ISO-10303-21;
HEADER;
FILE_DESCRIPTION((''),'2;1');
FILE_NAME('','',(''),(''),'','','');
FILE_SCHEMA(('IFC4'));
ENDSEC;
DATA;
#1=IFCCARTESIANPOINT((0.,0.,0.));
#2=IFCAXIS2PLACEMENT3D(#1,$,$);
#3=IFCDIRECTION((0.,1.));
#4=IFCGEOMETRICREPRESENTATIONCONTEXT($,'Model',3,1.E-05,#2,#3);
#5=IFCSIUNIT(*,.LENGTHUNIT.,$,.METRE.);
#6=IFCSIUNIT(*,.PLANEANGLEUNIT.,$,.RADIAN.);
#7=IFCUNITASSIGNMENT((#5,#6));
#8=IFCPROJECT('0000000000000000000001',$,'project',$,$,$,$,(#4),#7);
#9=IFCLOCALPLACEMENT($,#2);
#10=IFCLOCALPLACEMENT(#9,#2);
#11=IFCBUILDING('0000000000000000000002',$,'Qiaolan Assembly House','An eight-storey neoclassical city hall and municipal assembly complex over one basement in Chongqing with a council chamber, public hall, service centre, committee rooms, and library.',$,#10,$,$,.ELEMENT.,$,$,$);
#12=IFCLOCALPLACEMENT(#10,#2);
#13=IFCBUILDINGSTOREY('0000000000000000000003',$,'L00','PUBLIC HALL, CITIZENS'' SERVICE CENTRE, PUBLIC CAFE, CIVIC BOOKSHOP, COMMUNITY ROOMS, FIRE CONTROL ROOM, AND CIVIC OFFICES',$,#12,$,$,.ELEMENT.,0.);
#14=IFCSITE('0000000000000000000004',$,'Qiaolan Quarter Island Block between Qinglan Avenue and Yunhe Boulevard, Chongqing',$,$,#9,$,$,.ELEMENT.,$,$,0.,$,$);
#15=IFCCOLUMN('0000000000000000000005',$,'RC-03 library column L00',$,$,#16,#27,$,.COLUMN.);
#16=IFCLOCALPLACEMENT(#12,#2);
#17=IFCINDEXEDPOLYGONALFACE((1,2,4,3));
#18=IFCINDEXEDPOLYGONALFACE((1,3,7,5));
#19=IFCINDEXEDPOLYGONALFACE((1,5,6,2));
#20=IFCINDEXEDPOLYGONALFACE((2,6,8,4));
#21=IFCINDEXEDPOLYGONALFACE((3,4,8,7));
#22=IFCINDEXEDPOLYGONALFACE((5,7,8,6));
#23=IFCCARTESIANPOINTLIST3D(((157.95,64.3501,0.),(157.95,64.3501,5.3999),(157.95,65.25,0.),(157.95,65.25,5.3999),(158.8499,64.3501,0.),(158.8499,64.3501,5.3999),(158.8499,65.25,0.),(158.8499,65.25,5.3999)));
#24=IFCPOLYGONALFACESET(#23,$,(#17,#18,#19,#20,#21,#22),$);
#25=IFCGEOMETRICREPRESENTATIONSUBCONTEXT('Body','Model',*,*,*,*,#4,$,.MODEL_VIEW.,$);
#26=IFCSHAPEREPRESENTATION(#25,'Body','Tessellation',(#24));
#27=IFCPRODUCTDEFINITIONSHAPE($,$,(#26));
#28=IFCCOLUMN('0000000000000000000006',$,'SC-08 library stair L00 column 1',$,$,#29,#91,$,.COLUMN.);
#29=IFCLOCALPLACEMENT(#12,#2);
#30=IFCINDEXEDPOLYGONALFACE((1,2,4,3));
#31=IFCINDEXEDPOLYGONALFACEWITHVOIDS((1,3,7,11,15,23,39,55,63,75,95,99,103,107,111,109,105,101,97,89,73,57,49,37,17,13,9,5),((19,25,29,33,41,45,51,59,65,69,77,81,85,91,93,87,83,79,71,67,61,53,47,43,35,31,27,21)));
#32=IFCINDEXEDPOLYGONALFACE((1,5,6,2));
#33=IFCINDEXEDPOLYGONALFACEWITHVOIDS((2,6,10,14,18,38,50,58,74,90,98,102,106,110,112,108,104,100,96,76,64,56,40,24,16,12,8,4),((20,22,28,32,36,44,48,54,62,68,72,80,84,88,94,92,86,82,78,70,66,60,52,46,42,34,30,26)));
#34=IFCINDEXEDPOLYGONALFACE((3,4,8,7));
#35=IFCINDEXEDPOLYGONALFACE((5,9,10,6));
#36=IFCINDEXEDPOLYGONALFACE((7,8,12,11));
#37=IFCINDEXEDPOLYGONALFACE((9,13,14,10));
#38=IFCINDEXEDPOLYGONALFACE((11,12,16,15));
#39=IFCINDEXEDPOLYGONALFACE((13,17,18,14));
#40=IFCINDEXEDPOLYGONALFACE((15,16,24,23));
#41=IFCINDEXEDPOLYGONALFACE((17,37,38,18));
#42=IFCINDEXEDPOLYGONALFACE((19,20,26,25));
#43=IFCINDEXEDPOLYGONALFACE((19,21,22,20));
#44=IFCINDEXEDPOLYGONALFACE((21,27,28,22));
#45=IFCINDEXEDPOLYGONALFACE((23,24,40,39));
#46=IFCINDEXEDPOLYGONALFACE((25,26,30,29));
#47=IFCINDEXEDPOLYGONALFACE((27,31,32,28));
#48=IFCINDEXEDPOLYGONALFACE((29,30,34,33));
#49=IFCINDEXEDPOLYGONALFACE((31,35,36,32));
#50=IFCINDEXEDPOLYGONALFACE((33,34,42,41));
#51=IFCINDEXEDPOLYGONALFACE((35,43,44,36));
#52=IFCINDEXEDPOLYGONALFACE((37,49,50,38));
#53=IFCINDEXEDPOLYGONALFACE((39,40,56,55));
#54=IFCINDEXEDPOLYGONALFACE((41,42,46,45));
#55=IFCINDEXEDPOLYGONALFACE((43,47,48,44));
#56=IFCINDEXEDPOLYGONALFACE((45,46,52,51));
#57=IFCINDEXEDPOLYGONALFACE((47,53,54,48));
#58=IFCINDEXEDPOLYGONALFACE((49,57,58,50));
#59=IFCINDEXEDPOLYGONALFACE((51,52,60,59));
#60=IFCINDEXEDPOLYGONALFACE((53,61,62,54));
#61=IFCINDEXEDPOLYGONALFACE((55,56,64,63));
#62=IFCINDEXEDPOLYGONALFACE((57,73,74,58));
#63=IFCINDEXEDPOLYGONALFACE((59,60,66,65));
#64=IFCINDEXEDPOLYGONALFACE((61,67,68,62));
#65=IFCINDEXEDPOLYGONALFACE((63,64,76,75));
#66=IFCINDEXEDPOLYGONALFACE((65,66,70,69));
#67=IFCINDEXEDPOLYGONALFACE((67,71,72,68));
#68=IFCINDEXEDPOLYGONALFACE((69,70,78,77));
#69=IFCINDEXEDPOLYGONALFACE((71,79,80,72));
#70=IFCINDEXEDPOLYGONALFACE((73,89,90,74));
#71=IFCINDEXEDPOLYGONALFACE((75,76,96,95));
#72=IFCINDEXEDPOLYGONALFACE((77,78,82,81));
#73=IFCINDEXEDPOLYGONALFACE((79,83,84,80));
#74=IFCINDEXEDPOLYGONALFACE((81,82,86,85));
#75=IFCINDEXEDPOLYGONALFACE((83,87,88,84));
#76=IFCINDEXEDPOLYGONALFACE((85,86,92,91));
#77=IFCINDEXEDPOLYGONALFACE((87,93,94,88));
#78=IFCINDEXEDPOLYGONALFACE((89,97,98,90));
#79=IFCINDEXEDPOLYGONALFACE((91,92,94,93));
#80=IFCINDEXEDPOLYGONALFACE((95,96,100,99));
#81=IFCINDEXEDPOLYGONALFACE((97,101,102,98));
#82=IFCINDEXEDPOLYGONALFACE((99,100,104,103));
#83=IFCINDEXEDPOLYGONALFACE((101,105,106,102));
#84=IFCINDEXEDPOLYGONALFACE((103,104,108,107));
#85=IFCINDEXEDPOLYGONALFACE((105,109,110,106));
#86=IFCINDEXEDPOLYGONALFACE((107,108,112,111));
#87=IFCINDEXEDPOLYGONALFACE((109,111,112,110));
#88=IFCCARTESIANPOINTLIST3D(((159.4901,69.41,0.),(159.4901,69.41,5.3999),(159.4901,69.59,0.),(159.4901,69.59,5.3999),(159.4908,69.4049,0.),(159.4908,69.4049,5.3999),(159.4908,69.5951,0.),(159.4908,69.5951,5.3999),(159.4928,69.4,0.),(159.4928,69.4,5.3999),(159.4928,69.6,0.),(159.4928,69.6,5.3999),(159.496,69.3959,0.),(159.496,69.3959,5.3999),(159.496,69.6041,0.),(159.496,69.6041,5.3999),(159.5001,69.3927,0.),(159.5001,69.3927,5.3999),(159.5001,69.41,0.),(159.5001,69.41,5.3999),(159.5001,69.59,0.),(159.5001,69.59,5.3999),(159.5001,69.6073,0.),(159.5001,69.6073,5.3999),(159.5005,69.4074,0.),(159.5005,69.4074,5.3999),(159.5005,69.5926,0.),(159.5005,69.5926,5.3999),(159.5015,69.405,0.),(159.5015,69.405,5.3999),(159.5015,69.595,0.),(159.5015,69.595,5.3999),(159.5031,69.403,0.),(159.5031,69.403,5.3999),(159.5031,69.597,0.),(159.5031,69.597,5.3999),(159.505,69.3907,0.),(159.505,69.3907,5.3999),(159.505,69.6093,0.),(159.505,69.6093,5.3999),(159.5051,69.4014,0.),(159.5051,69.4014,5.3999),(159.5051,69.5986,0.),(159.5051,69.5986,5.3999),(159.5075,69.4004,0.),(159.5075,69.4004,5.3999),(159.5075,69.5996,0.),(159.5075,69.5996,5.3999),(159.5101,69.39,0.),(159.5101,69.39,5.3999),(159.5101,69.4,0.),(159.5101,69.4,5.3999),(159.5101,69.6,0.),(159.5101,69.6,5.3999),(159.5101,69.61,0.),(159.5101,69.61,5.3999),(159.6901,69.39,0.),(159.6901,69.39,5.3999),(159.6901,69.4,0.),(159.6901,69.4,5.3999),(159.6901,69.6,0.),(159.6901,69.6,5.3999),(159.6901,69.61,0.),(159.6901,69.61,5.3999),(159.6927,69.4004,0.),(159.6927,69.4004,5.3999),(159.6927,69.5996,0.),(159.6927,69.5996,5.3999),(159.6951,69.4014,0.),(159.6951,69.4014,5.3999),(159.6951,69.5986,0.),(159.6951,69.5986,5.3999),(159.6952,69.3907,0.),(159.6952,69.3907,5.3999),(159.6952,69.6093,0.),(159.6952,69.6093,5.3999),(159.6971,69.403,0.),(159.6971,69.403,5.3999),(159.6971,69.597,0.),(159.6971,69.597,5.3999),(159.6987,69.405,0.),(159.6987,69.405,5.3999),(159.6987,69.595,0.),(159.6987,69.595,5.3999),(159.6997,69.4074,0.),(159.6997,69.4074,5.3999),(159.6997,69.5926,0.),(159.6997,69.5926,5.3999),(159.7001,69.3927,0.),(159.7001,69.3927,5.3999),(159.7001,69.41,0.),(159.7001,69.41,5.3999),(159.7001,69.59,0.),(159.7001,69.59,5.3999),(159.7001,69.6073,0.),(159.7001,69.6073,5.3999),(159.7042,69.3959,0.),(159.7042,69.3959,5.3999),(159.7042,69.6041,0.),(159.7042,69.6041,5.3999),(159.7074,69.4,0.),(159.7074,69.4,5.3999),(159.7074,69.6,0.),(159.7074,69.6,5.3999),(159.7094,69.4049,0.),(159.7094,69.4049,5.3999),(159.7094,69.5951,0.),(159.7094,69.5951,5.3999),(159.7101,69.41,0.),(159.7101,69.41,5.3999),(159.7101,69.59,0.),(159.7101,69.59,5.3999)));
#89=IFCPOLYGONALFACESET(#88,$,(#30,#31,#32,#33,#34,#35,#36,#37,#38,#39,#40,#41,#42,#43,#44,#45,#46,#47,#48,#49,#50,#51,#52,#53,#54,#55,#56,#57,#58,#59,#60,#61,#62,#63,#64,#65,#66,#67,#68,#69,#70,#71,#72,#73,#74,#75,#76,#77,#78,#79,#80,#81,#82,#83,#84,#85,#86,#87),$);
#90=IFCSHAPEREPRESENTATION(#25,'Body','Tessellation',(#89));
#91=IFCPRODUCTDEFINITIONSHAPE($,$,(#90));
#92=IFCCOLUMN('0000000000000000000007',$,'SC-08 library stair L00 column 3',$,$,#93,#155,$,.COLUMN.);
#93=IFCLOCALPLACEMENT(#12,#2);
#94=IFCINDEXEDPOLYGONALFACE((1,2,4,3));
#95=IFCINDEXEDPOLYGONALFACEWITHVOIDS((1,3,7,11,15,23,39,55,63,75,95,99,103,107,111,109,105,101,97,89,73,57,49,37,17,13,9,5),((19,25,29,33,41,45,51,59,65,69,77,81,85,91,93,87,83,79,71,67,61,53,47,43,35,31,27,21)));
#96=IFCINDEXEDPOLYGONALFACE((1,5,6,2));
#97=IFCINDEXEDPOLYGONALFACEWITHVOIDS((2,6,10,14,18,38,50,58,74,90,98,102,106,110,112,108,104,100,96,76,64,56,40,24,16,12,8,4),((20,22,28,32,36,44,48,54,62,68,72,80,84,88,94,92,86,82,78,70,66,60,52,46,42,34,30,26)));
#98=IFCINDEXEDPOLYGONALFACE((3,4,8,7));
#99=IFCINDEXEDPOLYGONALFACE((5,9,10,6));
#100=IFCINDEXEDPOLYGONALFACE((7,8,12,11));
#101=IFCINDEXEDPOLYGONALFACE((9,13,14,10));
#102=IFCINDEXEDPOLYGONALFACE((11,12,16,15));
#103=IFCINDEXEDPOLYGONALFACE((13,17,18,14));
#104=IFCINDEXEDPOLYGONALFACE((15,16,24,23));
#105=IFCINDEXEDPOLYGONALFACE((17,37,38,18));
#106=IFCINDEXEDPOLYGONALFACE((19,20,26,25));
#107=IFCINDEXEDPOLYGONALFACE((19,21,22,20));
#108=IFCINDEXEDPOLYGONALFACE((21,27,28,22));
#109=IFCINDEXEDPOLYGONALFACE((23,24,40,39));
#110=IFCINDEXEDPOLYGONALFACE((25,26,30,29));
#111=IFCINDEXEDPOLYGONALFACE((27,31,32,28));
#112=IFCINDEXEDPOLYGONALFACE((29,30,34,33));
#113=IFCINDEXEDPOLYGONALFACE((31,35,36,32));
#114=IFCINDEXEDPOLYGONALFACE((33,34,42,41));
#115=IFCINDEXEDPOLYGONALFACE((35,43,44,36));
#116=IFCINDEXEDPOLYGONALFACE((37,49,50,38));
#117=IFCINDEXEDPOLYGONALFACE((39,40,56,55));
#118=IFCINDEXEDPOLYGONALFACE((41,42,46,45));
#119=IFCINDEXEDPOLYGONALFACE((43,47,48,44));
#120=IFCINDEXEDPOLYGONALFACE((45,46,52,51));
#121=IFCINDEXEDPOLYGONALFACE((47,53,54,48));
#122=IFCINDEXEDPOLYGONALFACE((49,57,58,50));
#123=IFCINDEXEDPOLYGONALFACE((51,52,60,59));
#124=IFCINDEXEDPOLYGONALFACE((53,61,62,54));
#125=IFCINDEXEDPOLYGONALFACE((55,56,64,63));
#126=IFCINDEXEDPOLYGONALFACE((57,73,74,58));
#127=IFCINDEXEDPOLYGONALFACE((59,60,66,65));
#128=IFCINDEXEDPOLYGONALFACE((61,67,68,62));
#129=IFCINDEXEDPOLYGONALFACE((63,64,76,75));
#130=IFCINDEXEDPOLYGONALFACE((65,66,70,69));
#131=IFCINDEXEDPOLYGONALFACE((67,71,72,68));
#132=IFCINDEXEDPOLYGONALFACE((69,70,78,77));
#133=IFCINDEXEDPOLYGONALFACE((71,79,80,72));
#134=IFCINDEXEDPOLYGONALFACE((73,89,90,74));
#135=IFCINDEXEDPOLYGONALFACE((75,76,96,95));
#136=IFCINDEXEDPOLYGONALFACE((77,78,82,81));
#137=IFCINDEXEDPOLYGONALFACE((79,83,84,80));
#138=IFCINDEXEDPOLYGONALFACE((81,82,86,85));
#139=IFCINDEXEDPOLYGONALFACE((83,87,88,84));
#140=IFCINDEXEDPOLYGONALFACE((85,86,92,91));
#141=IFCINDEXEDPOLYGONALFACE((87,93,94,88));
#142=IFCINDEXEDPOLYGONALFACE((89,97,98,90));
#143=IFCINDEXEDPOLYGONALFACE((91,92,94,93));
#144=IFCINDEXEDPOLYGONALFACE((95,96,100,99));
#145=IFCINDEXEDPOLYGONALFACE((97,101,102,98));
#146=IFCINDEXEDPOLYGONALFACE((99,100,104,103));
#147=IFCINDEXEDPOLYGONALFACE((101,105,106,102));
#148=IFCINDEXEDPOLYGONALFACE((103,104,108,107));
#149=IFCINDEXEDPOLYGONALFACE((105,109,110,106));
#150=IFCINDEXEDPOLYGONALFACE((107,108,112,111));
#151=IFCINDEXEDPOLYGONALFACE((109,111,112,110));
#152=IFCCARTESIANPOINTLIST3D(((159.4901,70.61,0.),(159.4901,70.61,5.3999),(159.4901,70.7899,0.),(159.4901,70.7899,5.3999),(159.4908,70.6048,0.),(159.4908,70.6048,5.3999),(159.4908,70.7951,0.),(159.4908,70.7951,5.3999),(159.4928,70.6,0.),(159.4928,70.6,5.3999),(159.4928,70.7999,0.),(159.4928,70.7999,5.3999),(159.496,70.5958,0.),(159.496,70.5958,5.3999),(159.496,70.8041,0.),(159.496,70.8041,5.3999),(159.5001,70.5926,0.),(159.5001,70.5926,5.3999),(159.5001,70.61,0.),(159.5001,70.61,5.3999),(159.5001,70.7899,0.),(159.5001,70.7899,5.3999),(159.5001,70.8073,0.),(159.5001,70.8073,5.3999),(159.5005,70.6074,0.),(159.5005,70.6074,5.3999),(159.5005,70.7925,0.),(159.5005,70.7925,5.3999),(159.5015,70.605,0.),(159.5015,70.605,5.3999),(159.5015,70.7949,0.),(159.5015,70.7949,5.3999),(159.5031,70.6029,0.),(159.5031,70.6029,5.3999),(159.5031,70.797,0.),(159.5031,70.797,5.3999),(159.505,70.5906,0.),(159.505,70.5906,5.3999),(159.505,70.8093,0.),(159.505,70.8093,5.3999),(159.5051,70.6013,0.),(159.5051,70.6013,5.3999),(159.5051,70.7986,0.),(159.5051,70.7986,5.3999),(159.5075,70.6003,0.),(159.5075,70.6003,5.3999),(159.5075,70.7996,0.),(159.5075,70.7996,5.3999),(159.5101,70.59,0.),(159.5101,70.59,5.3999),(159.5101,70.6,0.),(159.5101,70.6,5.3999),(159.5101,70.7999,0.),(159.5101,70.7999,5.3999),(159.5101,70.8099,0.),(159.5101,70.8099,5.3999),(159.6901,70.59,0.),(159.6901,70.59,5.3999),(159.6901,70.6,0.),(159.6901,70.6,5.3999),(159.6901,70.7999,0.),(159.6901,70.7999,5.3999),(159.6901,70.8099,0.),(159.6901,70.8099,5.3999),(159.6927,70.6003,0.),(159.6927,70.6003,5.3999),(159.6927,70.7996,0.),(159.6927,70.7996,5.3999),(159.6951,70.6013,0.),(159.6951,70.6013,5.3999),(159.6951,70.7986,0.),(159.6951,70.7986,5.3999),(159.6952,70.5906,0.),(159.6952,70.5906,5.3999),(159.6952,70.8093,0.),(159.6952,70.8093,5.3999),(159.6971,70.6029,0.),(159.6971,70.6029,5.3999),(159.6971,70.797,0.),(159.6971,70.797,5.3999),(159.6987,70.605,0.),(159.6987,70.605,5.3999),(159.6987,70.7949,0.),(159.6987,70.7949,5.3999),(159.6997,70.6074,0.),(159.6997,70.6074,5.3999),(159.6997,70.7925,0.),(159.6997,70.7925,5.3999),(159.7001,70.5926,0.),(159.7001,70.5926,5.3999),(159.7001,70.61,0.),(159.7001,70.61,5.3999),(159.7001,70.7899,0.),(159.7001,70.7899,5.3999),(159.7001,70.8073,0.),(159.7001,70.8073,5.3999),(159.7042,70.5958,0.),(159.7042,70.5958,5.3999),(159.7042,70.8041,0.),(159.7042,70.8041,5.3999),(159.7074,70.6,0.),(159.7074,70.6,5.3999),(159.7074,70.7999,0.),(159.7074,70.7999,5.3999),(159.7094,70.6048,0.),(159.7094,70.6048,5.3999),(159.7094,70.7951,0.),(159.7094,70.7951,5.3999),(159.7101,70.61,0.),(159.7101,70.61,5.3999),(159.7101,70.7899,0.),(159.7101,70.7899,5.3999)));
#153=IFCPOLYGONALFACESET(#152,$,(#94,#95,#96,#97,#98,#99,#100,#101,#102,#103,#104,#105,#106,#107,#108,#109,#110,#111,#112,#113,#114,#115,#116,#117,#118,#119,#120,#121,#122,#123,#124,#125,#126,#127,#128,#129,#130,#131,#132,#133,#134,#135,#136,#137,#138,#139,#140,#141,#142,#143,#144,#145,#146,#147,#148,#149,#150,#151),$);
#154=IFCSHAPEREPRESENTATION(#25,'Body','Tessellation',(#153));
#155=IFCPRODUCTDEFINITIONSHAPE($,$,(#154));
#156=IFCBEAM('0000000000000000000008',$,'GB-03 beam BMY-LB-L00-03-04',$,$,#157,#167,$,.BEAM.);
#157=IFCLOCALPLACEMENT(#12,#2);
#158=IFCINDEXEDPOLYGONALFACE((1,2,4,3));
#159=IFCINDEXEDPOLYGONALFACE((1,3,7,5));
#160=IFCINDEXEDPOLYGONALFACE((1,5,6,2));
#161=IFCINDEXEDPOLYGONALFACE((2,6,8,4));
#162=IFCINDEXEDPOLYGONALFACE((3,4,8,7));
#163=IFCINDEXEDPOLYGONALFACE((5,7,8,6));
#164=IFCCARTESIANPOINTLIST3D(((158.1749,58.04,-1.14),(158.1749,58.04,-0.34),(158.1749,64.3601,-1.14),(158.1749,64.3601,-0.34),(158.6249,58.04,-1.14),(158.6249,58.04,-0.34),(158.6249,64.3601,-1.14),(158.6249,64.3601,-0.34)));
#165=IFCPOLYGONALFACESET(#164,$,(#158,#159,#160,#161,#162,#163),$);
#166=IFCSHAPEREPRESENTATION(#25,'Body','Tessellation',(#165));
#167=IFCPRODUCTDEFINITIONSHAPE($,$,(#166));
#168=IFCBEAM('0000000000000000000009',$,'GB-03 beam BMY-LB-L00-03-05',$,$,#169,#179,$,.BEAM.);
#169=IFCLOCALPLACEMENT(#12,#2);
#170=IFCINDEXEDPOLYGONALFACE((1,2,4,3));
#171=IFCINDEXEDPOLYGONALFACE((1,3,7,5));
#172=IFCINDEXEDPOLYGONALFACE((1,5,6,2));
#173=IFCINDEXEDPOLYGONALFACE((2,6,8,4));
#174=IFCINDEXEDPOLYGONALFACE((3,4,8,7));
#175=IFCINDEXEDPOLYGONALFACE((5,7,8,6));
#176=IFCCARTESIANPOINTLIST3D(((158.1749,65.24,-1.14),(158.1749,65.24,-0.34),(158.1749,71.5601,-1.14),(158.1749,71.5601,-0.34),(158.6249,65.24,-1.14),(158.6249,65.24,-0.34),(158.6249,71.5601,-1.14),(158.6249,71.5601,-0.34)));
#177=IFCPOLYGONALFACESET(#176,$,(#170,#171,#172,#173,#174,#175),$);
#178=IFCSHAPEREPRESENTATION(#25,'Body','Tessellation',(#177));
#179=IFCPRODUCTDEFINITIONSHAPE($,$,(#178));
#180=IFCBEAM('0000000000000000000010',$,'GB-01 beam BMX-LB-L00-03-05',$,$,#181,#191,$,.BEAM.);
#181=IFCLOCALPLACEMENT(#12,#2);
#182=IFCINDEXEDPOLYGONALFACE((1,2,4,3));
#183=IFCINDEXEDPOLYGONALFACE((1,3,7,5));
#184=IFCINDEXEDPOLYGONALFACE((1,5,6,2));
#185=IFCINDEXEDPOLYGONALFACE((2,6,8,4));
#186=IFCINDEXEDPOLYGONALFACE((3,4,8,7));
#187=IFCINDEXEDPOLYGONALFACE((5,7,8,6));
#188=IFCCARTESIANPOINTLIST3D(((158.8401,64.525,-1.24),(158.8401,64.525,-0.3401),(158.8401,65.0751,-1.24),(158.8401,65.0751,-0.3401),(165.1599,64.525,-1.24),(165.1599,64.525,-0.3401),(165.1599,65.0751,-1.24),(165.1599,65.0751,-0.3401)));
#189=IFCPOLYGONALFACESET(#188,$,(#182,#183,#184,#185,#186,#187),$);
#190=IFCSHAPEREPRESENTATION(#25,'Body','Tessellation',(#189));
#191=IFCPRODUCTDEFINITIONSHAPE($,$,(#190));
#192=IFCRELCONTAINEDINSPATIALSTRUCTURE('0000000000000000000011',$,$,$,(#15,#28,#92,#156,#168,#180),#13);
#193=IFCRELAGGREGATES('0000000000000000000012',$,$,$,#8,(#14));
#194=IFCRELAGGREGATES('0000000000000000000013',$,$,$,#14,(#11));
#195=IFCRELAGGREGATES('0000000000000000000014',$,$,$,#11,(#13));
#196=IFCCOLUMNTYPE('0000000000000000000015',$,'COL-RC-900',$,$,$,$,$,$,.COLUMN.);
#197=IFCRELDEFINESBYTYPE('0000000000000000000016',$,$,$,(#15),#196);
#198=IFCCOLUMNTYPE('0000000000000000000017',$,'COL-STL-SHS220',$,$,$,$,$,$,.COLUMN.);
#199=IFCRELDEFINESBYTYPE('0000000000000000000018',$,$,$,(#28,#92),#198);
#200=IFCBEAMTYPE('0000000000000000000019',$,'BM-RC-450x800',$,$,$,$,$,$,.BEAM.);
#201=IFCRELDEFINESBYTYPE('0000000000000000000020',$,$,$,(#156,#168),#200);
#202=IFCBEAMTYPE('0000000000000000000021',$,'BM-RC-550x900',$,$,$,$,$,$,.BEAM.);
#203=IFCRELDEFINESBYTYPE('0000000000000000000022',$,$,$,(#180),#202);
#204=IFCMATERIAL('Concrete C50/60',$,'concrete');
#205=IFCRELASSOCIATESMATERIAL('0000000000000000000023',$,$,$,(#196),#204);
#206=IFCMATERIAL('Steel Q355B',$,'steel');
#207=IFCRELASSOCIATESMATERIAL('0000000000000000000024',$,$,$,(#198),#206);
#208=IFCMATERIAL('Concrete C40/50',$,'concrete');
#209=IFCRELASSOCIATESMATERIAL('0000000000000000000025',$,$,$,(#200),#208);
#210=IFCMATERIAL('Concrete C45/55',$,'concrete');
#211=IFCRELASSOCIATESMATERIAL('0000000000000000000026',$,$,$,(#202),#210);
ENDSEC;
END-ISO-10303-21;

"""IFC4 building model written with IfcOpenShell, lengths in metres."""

from ifc_helpers import new_model, si_unit, direction, frame, origin, origin_2d, place, context, subcontext, project, spatial, rectangle, hollow_rectangle, extrude, material, material_profile, profile_set, type_object, element, save


model = new_model("IFC4")

# Units and contexts
model_context = context("Model", 3, precision=1e-05, world=origin(), true_north=direction((0.0, 1.0)))
body_context = subcontext(model_context, "Body", "Model", "MODEL_VIEW")
ifc_project = project(units=[si_unit("LENGTHUNIT", "METRE"), si_unit("PLANEANGLEUNIT", "RADIAN")], contexts=[model_context])

# Site, building, storey
site_placement = place(None, origin())
site = spatial("IfcSite", under=ifc_project, at=site_placement, Name="Qiaolan Quarter Island Block between Qinglan Avenue and Yunhe Boulevard, Chongqing", CompositionType="ELEMENT", RefElevation=0.0)
building_placement = place(site_placement, origin())
building = spatial("IfcBuilding", under=site, at=building_placement, Name="Qiaolan Assembly House", Description="An eight-storey neoclassical city hall and municipal assembly complex over one basement in Chongqing with a council chamber, public hall, service centre, committee rooms, and library.", CompositionType="ELEMENT")
storey_placement = place(building_placement, origin())
storey = spatial("IfcBuildingStorey", under=building, at=storey_placement, Name="L00", Description="PUBLIC HALL, CITIZENS' SERVICE CENTRE, PUBLIC CAFE, CIVIC BOOKSHOP, COMMUNITY ROOMS, FIRE CONTROL ROOM, AND CIVIC OFFICES", CompositionType="ELEMENT", Elevation=0.0)

# Columns
ifc_material_1 = material(Name="Concrete C50/60", Category="concrete")
ifc_material_profile_1 = material_profile(ifc_material_1, rectangle(XDim=0.8999, YDim=0.8999, at=origin_2d()), Name="RC 900x900")
ifc_profile_set_1 = profile_set([ifc_material_profile_1], Name="Concrete C50/60")
column_type_1 = type_object("IfcColumnType", Name="COL-RC-900", PredefinedType="COLUMN", material=ifc_profile_set_1)
column_placement = place(storey_placement, frame((158.3999, 64.8, 0.0), z_axis=(0.0, 0.0, 1.0), x_axis=(1.0, 0.0, 0.0)))
element("IfcColumn", 1, at=column_placement, inside=storey, type_object=column_type_1, Name="RC-03 library column L00", PredefinedType="COLUMN", context=body_context, shape_type="SweptSolid", body=[
    extrude(rectangle(XDim=0.8999, YDim=0.8999, at=origin_2d()), origin(), (0.0, 0.0, 1.0), 5.3999),
])
ifc_material_2 = material(Name="Steel Q355B", Category="steel")
ifc_material_profile_2 = material_profile(ifc_material_2, hollow_rectangle(XDim=0.22, YDim=0.22, WallThickness=0.01, InnerFilletRadius=0.01, OuterFilletRadius=0.02, at=origin_2d()), Name="SHS 220x220x10")
ifc_profile_set_2 = profile_set([ifc_material_profile_2], Name="Steel Q355B")
column_type_2 = type_object("IfcColumnType", Name="COL-STL-SHS220", PredefinedType="COLUMN", material=ifc_profile_set_2)
for number, where, z_axis, x_axis, name in (
    (2, (159.6001, 69.5, 0.0), (0.0, 0.0, 1.0), (1.0, 0.0, 0.0), "SC-08 library stair L00 column 1"),
    (3, (159.6001, 70.7, 0.0), (0.0, 0.0, 1.0), (1.0, 0.0, 0.0), "SC-08 library stair L00 column 3"),
):
    element("IfcColumn", number, at=place(storey_placement, frame(where, z_axis=z_axis, x_axis=x_axis)), inside=storey, type_object=column_type_2, Name=name, PredefinedType="COLUMN", context=body_context, shape_type="SweptSolid", body=[
        extrude(hollow_rectangle(XDim=0.22, YDim=0.22, WallThickness=0.01, InnerFilletRadius=0.01, OuterFilletRadius=0.02, at=origin_2d()), origin(), (0.0, 0.0, 1.0), 5.3999),
    ])

# Beams
ifc_material_3 = material(Name="Concrete C40/50", Category="concrete")
ifc_material_profile_3 = material_profile(ifc_material_3, rectangle(XDim=0.45, YDim=0.8, at=origin_2d()), Name="RCB 450x800")
ifc_profile_set_3 = profile_set([ifc_material_profile_3], Name="Concrete C40/50")
beam_type_1 = type_object("IfcBeamType", Name="BM-RC-450x800", PredefinedType="BEAM", material=ifc_profile_set_3)
for number, where, z_axis, x_axis, name in (
    (4, (158.3999, 58.04, -0.74), (0.0, 1.0, 0.0), (-1.0, 0.0, 0.0), "GB-03 beam BMY-LB-L00-03-04"),
    (5, (158.3999, 65.24, -0.74), (0.0, 1.0, 0.0), (-1.0, 0.0, 0.0), "GB-03 beam BMY-LB-L00-03-05"),
):
    element("IfcBeam", number, at=place(storey_placement, frame(where, z_axis=z_axis, x_axis=x_axis)), inside=storey, type_object=beam_type_1, Name=name, PredefinedType="BEAM", context=body_context, shape_type="SweptSolid", body=[
        extrude(rectangle(XDim=0.45, YDim=0.8, at=origin_2d()), origin(), (0.0, 0.0, 1.0), 6.3201),
    ])
ifc_material_4 = material(Name="Concrete C45/55", Category="concrete")
ifc_material_profile_4 = material_profile(ifc_material_4, rectangle(XDim=0.55, YDim=0.8999, at=origin_2d()), Name="RCB 550x900")
ifc_profile_set_4 = profile_set([ifc_material_profile_4], Name="Concrete C45/55")
beam_type_2 = type_object("IfcBeamType", Name="BM-RC-550x900", PredefinedType="BEAM", material=ifc_profile_set_4)
beam_placement = place(storey_placement, frame((158.8401, 64.8, -0.79), z_axis=(1.0, 0.0, 0.0), x_axis=(0.0, 1.0, 0.0)))
element("IfcBeam", 6, at=beam_placement, inside=storey, type_object=beam_type_2, Name="GB-01 beam BMX-LB-L00-03-05", PredefinedType="BEAM", context=body_context, shape_type="SweptSolid", body=[
    extrude(rectangle(XDim=0.55, YDim=0.8999, at=origin_2d()), origin(), (0.0, 0.0, 1.0), 6.3198),
])

save(model, "model.ifc")
